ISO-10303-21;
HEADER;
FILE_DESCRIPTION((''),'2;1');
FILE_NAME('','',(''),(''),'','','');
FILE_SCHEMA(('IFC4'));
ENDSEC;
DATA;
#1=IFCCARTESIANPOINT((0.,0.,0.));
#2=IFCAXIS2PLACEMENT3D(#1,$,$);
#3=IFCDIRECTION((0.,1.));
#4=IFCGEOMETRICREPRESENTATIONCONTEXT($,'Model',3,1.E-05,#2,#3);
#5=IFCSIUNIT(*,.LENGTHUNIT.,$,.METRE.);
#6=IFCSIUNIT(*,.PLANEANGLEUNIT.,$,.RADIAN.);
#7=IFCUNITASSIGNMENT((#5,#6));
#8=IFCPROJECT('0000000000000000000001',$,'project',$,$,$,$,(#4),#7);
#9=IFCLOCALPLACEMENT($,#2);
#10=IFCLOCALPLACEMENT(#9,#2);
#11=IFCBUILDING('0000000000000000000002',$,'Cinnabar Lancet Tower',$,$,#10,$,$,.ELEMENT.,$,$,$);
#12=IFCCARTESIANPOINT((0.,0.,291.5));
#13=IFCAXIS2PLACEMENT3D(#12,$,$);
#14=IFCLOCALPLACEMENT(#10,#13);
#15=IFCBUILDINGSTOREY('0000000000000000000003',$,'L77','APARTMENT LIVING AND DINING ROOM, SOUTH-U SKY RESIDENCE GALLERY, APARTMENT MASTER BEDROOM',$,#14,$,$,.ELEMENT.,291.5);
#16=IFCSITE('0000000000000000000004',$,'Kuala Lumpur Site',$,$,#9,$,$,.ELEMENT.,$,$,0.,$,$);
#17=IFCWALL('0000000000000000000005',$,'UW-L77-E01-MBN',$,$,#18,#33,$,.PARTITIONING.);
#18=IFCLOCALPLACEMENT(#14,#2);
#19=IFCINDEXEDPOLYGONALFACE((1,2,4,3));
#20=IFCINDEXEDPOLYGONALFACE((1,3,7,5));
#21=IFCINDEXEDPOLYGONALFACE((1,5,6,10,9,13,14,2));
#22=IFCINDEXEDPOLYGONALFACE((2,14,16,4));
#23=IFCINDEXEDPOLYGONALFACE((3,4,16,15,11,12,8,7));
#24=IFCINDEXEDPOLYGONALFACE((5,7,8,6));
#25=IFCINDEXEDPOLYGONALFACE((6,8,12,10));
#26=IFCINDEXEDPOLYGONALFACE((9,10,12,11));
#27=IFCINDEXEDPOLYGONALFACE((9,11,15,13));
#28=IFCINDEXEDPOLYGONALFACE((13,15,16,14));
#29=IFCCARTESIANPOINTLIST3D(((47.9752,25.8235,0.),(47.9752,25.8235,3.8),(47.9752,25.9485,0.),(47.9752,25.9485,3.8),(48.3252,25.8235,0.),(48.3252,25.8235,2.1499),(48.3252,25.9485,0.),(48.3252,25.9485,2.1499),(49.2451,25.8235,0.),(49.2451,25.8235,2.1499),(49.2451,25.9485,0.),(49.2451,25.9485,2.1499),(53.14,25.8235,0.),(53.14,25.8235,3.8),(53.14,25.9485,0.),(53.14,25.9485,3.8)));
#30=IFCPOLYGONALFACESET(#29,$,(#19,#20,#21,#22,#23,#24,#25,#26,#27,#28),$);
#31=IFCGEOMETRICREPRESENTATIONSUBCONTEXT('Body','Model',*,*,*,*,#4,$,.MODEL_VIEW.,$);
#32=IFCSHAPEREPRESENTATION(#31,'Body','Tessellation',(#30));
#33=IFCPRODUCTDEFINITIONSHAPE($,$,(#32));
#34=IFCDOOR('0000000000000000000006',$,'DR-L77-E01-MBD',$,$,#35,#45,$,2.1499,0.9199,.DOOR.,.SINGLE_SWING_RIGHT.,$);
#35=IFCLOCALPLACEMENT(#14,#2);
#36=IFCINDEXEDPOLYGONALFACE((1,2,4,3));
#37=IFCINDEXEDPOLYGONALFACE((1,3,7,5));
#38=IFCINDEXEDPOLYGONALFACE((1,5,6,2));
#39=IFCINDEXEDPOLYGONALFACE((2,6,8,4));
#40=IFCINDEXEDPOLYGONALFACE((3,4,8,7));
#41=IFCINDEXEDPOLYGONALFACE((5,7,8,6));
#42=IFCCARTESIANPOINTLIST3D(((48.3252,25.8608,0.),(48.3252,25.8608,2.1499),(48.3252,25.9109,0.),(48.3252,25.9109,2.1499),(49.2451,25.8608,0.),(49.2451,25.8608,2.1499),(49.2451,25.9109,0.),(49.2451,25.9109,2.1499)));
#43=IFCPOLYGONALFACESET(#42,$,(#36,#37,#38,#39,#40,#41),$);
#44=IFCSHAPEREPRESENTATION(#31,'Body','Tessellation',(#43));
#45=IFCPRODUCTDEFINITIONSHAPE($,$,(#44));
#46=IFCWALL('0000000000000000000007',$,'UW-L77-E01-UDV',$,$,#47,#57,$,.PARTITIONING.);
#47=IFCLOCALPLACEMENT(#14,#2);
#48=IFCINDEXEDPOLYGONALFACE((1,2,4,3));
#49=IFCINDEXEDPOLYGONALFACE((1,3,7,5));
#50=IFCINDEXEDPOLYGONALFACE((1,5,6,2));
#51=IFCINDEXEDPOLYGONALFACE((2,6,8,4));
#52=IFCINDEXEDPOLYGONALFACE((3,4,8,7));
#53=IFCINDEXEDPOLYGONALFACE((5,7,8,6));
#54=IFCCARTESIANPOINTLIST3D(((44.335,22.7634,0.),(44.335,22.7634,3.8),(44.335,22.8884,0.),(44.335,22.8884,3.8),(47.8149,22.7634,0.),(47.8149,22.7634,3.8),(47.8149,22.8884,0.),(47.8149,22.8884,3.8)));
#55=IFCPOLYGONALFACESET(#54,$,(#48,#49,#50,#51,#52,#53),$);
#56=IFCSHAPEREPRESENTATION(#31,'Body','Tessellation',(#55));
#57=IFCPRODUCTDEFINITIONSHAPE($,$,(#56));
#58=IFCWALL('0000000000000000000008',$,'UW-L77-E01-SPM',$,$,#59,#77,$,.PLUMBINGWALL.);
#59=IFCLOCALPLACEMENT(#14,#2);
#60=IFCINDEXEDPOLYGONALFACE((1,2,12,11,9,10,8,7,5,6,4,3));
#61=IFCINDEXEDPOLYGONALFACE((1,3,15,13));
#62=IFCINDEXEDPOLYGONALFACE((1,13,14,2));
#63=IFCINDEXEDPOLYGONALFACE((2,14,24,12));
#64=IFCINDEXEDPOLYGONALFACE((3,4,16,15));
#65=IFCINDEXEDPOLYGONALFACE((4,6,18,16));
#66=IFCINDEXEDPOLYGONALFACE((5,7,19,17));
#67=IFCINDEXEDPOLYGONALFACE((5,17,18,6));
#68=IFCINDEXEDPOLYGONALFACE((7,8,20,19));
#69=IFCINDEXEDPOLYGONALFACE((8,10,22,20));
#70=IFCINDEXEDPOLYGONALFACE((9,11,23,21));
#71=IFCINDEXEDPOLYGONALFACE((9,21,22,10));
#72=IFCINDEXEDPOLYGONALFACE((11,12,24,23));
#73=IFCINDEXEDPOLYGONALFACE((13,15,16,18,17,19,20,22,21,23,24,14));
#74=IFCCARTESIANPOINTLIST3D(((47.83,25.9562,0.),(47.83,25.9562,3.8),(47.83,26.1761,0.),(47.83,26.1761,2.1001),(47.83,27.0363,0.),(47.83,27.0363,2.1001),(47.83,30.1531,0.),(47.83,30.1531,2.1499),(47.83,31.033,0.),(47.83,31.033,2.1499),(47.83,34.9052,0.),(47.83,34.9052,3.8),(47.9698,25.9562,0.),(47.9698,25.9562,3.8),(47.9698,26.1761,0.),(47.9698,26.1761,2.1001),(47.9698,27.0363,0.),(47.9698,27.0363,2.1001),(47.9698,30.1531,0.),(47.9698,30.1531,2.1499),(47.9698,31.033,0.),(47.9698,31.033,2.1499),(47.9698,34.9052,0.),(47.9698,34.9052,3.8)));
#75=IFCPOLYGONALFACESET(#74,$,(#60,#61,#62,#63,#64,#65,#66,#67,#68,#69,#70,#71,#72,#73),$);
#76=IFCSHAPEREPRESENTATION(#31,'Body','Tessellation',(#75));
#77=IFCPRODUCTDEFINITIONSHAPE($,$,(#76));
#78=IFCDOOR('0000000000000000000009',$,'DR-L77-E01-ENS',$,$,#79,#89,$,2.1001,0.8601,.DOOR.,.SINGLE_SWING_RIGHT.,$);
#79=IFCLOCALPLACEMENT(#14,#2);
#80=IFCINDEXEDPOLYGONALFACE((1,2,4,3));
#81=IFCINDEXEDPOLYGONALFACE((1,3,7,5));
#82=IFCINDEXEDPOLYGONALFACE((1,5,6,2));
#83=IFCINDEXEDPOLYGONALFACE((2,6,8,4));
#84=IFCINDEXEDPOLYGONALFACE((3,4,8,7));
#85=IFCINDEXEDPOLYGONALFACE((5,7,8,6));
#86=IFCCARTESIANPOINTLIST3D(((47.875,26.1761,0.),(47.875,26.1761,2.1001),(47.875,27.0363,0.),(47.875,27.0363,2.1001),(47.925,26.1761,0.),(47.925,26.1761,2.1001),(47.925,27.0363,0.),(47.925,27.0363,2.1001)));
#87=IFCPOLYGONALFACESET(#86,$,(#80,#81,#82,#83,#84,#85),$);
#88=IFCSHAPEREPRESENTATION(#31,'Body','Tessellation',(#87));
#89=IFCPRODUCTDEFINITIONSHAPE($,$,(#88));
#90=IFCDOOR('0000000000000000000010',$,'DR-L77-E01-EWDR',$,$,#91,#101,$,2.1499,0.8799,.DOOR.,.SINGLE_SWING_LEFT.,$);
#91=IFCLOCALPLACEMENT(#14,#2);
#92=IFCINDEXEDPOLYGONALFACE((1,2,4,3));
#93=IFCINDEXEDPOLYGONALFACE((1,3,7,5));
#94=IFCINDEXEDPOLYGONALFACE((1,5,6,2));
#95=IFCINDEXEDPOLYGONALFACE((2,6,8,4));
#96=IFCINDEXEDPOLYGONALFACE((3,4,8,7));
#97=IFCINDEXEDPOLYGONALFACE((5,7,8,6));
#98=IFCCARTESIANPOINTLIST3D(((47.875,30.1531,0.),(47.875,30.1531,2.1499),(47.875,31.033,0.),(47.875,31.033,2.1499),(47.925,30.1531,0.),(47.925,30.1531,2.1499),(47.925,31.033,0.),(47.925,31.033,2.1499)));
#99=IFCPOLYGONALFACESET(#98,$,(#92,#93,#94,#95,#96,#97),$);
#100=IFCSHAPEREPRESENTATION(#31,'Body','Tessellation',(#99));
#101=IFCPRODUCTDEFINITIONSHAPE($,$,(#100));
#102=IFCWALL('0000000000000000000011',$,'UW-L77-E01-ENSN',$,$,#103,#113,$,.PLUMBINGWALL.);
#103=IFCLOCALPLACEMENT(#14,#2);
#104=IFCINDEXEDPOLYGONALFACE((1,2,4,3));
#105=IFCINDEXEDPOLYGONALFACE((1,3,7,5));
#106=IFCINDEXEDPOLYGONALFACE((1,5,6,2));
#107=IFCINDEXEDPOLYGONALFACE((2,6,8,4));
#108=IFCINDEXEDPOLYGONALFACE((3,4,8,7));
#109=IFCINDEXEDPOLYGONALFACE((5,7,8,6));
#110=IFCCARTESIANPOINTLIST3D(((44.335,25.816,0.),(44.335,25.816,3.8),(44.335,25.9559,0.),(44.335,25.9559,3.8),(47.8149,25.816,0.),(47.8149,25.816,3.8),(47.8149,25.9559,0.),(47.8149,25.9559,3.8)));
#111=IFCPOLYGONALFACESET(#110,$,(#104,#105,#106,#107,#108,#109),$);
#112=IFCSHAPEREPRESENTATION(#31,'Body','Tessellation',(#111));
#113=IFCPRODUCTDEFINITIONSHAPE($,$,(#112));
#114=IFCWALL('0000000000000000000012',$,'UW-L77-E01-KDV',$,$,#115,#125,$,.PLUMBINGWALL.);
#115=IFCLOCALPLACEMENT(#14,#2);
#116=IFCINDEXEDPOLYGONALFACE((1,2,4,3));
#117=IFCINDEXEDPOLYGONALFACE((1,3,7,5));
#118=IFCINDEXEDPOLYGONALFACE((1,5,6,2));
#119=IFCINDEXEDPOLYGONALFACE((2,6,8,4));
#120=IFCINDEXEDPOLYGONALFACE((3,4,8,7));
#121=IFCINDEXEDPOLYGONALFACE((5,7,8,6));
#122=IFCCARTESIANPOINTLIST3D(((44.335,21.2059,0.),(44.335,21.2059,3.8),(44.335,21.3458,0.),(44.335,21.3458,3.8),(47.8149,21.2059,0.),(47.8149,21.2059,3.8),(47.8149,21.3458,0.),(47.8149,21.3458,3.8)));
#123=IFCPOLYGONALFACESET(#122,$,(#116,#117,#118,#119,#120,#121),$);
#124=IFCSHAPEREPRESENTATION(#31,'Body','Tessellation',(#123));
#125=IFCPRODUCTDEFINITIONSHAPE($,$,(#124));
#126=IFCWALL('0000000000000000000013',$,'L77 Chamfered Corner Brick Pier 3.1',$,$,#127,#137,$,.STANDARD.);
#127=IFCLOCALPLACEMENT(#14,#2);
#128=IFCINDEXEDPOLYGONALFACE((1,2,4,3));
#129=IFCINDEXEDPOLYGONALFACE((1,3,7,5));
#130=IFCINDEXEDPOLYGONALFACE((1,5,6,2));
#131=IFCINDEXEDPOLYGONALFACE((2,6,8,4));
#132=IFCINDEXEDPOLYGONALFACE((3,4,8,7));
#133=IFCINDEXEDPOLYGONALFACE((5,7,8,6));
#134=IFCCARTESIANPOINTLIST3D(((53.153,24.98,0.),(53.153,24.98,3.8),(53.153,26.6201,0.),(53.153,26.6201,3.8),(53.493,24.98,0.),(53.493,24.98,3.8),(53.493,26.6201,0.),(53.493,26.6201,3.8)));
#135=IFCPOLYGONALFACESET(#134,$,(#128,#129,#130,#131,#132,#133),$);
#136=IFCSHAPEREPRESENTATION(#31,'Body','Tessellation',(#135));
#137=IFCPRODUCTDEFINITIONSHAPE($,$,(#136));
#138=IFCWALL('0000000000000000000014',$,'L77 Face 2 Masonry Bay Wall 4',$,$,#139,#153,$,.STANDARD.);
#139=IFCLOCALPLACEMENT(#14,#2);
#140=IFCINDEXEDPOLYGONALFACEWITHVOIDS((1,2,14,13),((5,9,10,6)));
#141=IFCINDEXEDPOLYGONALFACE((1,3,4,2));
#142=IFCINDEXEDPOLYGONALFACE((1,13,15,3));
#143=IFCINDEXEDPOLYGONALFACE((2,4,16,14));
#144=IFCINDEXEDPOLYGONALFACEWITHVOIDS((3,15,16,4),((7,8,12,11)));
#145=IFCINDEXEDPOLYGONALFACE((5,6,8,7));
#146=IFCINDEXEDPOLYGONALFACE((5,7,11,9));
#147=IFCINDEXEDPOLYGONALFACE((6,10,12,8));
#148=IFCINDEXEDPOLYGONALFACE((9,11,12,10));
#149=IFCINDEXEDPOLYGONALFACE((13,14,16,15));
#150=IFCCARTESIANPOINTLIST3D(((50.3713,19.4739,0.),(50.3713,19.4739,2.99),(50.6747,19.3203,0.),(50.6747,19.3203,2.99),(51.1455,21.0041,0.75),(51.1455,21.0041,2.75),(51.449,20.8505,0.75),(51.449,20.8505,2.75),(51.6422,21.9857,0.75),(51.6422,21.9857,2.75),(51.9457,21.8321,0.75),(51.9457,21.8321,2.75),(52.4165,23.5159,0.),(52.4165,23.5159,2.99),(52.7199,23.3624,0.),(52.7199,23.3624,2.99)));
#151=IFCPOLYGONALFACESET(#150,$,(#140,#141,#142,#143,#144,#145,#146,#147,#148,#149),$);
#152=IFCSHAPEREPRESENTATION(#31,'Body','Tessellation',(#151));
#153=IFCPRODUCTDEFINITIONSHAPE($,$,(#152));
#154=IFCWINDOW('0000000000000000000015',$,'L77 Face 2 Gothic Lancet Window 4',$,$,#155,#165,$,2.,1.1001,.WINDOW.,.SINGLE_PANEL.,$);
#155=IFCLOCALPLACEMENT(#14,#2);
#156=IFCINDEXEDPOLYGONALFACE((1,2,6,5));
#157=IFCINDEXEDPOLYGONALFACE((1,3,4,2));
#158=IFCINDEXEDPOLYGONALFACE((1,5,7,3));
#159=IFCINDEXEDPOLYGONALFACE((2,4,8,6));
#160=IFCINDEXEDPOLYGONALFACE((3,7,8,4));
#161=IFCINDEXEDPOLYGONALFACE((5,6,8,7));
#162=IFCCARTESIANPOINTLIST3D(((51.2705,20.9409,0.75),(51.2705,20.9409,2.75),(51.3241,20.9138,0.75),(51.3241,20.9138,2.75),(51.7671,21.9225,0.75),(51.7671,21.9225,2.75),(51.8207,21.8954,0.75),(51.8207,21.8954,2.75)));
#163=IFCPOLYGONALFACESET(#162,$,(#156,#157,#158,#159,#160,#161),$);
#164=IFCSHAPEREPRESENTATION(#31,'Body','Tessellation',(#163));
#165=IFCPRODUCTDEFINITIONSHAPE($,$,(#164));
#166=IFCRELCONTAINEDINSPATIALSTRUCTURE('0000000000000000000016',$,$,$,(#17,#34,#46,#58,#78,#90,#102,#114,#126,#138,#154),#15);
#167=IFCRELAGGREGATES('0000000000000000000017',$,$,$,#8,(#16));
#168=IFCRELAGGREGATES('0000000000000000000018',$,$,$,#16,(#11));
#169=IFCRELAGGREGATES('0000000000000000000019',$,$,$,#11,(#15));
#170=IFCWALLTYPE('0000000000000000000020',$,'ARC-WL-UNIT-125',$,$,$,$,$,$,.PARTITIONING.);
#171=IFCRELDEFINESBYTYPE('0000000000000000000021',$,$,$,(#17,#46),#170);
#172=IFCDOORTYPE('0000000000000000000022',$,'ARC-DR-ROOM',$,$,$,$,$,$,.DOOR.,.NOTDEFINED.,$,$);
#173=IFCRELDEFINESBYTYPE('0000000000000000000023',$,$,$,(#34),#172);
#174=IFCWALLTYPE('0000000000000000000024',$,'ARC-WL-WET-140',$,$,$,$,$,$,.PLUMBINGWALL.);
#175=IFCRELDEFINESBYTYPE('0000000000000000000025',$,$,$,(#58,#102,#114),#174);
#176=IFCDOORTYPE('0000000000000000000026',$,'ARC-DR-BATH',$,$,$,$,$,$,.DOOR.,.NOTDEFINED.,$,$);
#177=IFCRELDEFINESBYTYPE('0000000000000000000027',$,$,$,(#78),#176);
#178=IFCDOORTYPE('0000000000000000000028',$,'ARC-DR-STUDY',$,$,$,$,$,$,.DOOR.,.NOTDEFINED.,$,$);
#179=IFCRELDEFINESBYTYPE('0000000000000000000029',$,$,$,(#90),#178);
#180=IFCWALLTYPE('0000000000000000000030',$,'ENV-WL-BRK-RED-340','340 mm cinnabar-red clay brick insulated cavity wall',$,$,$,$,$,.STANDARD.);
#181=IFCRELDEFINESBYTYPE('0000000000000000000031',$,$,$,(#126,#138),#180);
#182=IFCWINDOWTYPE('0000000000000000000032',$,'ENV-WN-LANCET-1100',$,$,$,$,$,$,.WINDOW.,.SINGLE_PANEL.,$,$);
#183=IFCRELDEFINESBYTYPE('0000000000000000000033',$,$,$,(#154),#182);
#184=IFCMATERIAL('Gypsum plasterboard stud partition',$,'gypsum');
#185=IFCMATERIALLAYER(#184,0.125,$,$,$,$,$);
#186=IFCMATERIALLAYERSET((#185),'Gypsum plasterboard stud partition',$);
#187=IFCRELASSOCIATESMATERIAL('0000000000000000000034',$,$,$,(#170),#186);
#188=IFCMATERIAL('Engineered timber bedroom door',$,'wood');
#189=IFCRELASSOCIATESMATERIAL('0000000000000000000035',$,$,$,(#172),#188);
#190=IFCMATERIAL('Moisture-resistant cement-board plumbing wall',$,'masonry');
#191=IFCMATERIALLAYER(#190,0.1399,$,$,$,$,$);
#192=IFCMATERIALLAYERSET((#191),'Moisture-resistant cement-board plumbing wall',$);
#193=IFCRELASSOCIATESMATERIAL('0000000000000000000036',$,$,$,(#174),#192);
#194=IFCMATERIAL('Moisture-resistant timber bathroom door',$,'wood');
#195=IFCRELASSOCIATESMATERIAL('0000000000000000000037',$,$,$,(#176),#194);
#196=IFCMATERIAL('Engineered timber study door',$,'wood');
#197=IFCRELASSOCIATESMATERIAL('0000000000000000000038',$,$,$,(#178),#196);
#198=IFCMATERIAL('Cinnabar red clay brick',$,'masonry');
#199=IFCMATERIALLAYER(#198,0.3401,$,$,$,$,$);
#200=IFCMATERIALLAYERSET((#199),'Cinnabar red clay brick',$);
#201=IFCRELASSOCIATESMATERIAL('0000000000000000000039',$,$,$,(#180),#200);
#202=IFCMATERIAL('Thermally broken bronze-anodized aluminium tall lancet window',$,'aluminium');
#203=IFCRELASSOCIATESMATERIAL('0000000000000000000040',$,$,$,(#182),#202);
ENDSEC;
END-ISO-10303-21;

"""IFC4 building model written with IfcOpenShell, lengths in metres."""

from ifc_helpers import new_model, si_unit, direction, frame, frame_2d, origin, place, context, subcontext, project, spatial, rectangle, extrude, material, layer, layer_set, type_object, element, fill, save


model = new_model("IFC4")

# Units and contexts
model_context = context("Model", 3, precision=1e-05, world=origin(), true_north=direction((0.0, 1.0)))
body_context = subcontext(model_context, "Body", "Model", "MODEL_VIEW")
ifc_project = project(units=[si_unit("LENGTHUNIT", "METRE"), si_unit("PLANEANGLEUNIT", "RADIAN")], contexts=[model_context])

# Site, building, storey
site_placement = place(None, origin())
site = spatial("IfcSite", under=ifc_project, at=site_placement, Name="Kuala Lumpur Site", CompositionType="ELEMENT", RefElevation=0.0)
building_placement = place(site_placement, origin())
building = spatial("IfcBuilding", under=site, at=building_placement, Name="Cinnabar Lancet Tower", CompositionType="ELEMENT")
storey_placement = place(building_placement, frame((0.0, 0.0, 291.5)))
storey = spatial("IfcBuildingStorey", under=building, at=storey_placement, Name="L77", Description="APARTMENT LIVING AND DINING ROOM, SOUTH-U SKY RESIDENCE GALLERY, APARTMENT MASTER BEDROOM", CompositionType="ELEMENT", Elevation=291.5)

# Wall, opening, door
ifc_material_1 = material(Name="Gypsum plasterboard stud partition", Category="gypsum")
ifc_layer_1 = layer(ifc_material_1, 0.125)
ifc_layer_set_1 = layer_set([ifc_layer_1], Name="Gypsum plasterboard stud partition")
wall_type_1 = type_object("IfcWallType", Name="ARC-WL-UNIT-125", PredefinedType="PARTITIONING", material=ifc_layer_set_1)
wall_1_placement = place(storey_placement, frame((47.9751, 25.886, 0.0), z_axis=(0.0, 0.0, 1.0), x_axis=(1.0, 0.0, 0.0)))
wall_1 = element("IfcWall", 1, at=wall_1_placement, inside=storey, type_object=wall_type_1, Name="UW-L77-E01-MBN", PredefinedType="PARTITIONING", context=body_context, shape_type="SweptSolid", body=[
    extrude(rectangle(XDim=5.1648, YDim=0.125, at=frame_2d((2.5825, 0.0))), origin(), (0.0, 0.0, 1.0), 3.8),
])
opening_1_placement = place(wall_1_placement, frame((0.3501, 0.0, 0.0)))
opening_1 = element("IfcOpeningElement", 2, at=opening_1_placement, cuts=wall_1, PredefinedType="OPENING", context=body_context, shape_type="SweptSolid", body=[
    extrude(rectangle(XDim=0.9199, YDim=2.1499, at=frame_2d((0.46, 1.075))), frame((0.0, 0.0725, 0.0), z_axis=(0.0, -1.0, 0.0), x_axis=(1.0, 0.0, 0.0)), (0.0, 0.0, 1.0), 0.145),
])
ifc_material_2 = material(Name="Engineered timber bedroom door", Category="wood")
door_type_1 = type_object("IfcDoorType", Name="ARC-DR-ROOM", OperationType="NOTDEFINED", PredefinedType="DOOR", material=ifc_material_2)
door_1_placement = place(opening_1_placement, origin())
door_1 = element("IfcDoor", 3, at=door_1_placement, inside=storey, type_object=door_type_1, Name="DR-L77-E01-MBD", OperationType="SINGLE_SWING_RIGHT", OverallHeight=2.1499, OverallWidth=0.9199, PredefinedType="DOOR", context=body_context, shape_type="SweptSolid", body=[
    extrude(rectangle(XDim=0.9199, YDim=2.1499, at=frame_2d((0.46, 1.075))), frame((0.0, 0.0249, 0.0), z_axis=(0.0, -1.0, 0.0), x_axis=(1.0, 0.0, 0.0)), (0.0, 0.0, 1.0), 0.05),
])
fill(opening_1, door_1)

# Wall
wall_2_placement = place(storey_placement, frame((44.335, 22.8259, 0.0), z_axis=(0.0, 0.0, 1.0), x_axis=(1.0, 0.0, 0.0)))
element("IfcWall", 4, at=wall_2_placement, inside=storey, type_object=wall_type_1, Name="UW-L77-E01-UDV", PredefinedType="PARTITIONING", context=body_context, shape_type="SweptSolid", body=[
    extrude(rectangle(XDim=3.48, YDim=0.125, at=frame_2d((1.74, 0.0))), origin(), (0.0, 0.0, 1.0), 3.8),
])

# Wall, openings, doors
ifc_material_3 = material(Name="Moisture-resistant cement-board plumbing wall", Category="masonry")
ifc_layer_2 = layer(ifc_material_3, 0.1399)
ifc_layer_set_2 = layer_set([ifc_layer_2], Name="Moisture-resistant cement-board plumbing wall")
wall_type_2 = type_object("IfcWallType", Name="ARC-WL-WET-140", PredefinedType="PLUMBINGWALL", material=ifc_layer_set_2)
wall_3_placement = place(storey_placement, frame((47.8999, 25.9561, 0.0), z_axis=(0.0, 0.0, 1.0), x_axis=(0.0, 1.0, 0.0)))
wall_3 = element("IfcWall", 5, at=wall_3_placement, inside=storey, type_object=wall_type_2, Name="UW-L77-E01-SPM", PredefinedType="PLUMBINGWALL", context=body_context, shape_type="SweptSolid", body=[
    extrude(rectangle(XDim=8.949, YDim=0.1399, at=frame_2d((4.4746, 0.0))), origin(), (0.0, 0.0, 1.0), 3.8),
])
opening_2_placement = place(wall_3_placement, frame((0.22, 0.0, 0.0)))
opening_2 = element("IfcOpeningElement", 6, at=opening_2_placement, cuts=wall_3, PredefinedType="OPENING", context=body_context, shape_type="SweptSolid", body=[
    extrude(rectangle(XDim=0.8601, YDim=2.1001, at=frame_2d((0.4302, 1.05))), frame((0.0, 0.0798, 0.0), z_axis=(0.0, -1.0, 0.0), x_axis=(1.0, 0.0, 0.0)), (0.0, 0.0, 1.0), 0.1599),
])
opening_3_placement = place(wall_3_placement, frame((4.197, 0.0, 0.0)))
opening_3 = element("IfcOpeningElement", 7, at=opening_3_placement, cuts=wall_3, PredefinedType="OPENING", context=body_context, shape_type="SweptSolid", body=[
    extrude(rectangle(XDim=0.8799, YDim=2.1499, at=frame_2d((0.4399, 1.075))), frame((0.0, 0.0798, 0.0), z_axis=(0.0, -1.0, 0.0), x_axis=(1.0, 0.0, 0.0)), (0.0, 0.0, 1.0), 0.1599),
])
ifc_material_4 = material(Name="Moisture-resistant timber bathroom door", Category="wood")
door_type_2 = type_object("IfcDoorType", Name="ARC-DR-BATH", OperationType="NOTDEFINED", PredefinedType="DOOR", material=ifc_material_4)
door_2_placement = place(opening_2_placement, origin())
door_2 = element("IfcDoor", 8, at=door_2_placement, inside=storey, type_object=door_type_2, Name="DR-L77-E01-ENS", OperationType="SINGLE_SWING_RIGHT", OverallHeight=2.1001, OverallWidth=0.8601, PredefinedType="DOOR", context=body_context, shape_type="SweptSolid", body=[
    extrude(rectangle(XDim=0.8601, YDim=2.1001, at=frame_2d((0.4302, 1.05))), frame((0.0, 0.0249, 0.0), z_axis=(0.0, -1.0, 0.0), x_axis=(1.0, 0.0, 0.0)), (0.0, 0.0, 1.0), 0.05),
])
fill(opening_2, door_2)
ifc_material_5 = material(Name="Engineered timber study door", Category="wood")
door_type_3 = type_object("IfcDoorType", Name="ARC-DR-STUDY", OperationType="NOTDEFINED", PredefinedType="DOOR", material=ifc_material_5)
door_3_placement = place(opening_3_placement, origin())
door_3 = element("IfcDoor", 9, at=door_3_placement, inside=storey, type_object=door_type_3, Name="DR-L77-E01-EWDR", OperationType="SINGLE_SWING_LEFT", OverallHeight=2.1499, OverallWidth=0.8799, PredefinedType="DOOR", context=body_context, shape_type="SweptSolid", body=[
    extrude(rectangle(XDim=0.8799, YDim=2.1499, at=frame_2d((0.4399, 1.075))), frame((0.0, 0.0249, 0.0), z_axis=(0.0, -1.0, 0.0), x_axis=(1.0, 0.0, 0.0)), (0.0, 0.0, 1.0), 0.05),
])
fill(opening_3, door_3)

# Walls
for number, where, z_axis, x_axis, name in (
    (10, (44.335, 25.886, 0.0), (0.0, 0.0, 1.0), (1.0, 0.0, 0.0), "UW-L77-E01-ENSN"),
    (11, (44.335, 21.2759, 0.0), (0.0, 0.0, 1.0), (1.0, 0.0, 0.0), "UW-L77-E01-KDV"),
):
    element("IfcWall", number, at=place(storey_placement, frame(where, z_axis=z_axis, x_axis=x_axis)), inside=storey, type_object=wall_type_2, Name=name, PredefinedType="PLUMBINGWALL", context=body_context, shape_type="SweptSolid", body=[
        extrude(rectangle(XDim=3.48, YDim=0.1399, at=frame_2d((1.74, 0.0))), origin(), (0.0, 0.0, 1.0), 3.8),
    ])
ifc_material_6 = material(Name="Cinnabar red clay brick", Category="masonry")
ifc_layer_3 = layer(ifc_material_6, 0.3401)
ifc_layer_set_3 = layer_set([ifc_layer_3], Name="Cinnabar red clay brick")
wall_type_3 = type_object("IfcWallType", Name="ENV-WL-BRK-RED-340", Description="340 mm cinnabar-red clay brick insulated cavity wall", PredefinedType="STANDARD", material=ifc_layer_set_3)
wall_4_placement = place(storey_placement, frame((53.323, 24.98, 0.0), z_axis=(0.0, 0.0, 1.0), x_axis=(0.0, 1.0, 0.0)))
element("IfcWall", 12, at=wall_4_placement, inside=storey, type_object=wall_type_3, Name="L77 Chamfered Corner Brick Pier 3.1", PredefinedType="STANDARD", context=body_context, shape_type="SweptSolid", body=[
    extrude(rectangle(XDim=1.6401, YDim=0.3401, at=frame_2d((0.8201, 0.0))), origin(), (0.0, 0.0, 1.0), 3.8),
])

# Wall, opening, window
wall_5_placement = place(storey_placement, frame((50.5229, 19.397, 0.0), z_axis=(0.0, 0.0, 1.0), x_axis=(0.451477, 0.892283, 0.0)))
wall_5 = element("IfcWall", 13, at=wall_5_placement, inside=storey, type_object=wall_type_3, Name="L77 Face 2 Masonry Bay Wall 4", PredefinedType="STANDARD", context=body_context, shape_type="SweptSolid", body=[
    extrude(rectangle(XDim=4.53, YDim=0.3401, at=frame_2d((2.2651, 0.0))), origin(), (0.0, 0.0, 1.0), 2.99),
])
opening_4_placement = place(wall_5_placement, frame((1.7151, 0.0, 0.75)))
opening_4 = element("IfcOpeningElement", 14, at=opening_4_placement, cuts=wall_5, PredefinedType="OPENING", context=body_context, shape_type="SweptSolid", body=[
    extrude(rectangle(XDim=1.1001, YDim=2.0, at=frame_2d((0.55, 1.0))), frame((0.0, 0.1799, 0.0), z_axis=(0.0, -1.0, 0.0), x_axis=(1.0, 0.0, 0.0)), (0.0, 0.0, 1.0), 0.3601),
])
ifc_material_7 = material(Name="Thermally broken bronze-anodized aluminium tall lancet window", Category="aluminium")
window_type = type_object("IfcWindowType", Name="ENV-WN-LANCET-1100", PartitioningType="SINGLE_PANEL", PredefinedType="WINDOW", material=ifc_material_7)
window_placement = place(opening_4_placement, origin())
window = element("IfcWindow", 15, at=window_placement, inside=storey, type_object=window_type, Name="L77 Face 2 Gothic Lancet Window 4", OverallHeight=2.0, OverallWidth=1.1001, PartitioningType="SINGLE_PANEL", PredefinedType="WINDOW", context=body_context, shape_type="SweptSolid", body=[
    extrude(rectangle(XDim=1.1001, YDim=2.0, at=frame_2d((0.55, 1.0))), frame((0.0, 0.03, 0.0), z_axis=(0.0, -1.0, 0.0), x_axis=(1.0, 0.0, 0.0)), (0.0, 0.0, 1.0), 0.0601),
])
fill(opening_4, window)

save(model, "model.ifc")
